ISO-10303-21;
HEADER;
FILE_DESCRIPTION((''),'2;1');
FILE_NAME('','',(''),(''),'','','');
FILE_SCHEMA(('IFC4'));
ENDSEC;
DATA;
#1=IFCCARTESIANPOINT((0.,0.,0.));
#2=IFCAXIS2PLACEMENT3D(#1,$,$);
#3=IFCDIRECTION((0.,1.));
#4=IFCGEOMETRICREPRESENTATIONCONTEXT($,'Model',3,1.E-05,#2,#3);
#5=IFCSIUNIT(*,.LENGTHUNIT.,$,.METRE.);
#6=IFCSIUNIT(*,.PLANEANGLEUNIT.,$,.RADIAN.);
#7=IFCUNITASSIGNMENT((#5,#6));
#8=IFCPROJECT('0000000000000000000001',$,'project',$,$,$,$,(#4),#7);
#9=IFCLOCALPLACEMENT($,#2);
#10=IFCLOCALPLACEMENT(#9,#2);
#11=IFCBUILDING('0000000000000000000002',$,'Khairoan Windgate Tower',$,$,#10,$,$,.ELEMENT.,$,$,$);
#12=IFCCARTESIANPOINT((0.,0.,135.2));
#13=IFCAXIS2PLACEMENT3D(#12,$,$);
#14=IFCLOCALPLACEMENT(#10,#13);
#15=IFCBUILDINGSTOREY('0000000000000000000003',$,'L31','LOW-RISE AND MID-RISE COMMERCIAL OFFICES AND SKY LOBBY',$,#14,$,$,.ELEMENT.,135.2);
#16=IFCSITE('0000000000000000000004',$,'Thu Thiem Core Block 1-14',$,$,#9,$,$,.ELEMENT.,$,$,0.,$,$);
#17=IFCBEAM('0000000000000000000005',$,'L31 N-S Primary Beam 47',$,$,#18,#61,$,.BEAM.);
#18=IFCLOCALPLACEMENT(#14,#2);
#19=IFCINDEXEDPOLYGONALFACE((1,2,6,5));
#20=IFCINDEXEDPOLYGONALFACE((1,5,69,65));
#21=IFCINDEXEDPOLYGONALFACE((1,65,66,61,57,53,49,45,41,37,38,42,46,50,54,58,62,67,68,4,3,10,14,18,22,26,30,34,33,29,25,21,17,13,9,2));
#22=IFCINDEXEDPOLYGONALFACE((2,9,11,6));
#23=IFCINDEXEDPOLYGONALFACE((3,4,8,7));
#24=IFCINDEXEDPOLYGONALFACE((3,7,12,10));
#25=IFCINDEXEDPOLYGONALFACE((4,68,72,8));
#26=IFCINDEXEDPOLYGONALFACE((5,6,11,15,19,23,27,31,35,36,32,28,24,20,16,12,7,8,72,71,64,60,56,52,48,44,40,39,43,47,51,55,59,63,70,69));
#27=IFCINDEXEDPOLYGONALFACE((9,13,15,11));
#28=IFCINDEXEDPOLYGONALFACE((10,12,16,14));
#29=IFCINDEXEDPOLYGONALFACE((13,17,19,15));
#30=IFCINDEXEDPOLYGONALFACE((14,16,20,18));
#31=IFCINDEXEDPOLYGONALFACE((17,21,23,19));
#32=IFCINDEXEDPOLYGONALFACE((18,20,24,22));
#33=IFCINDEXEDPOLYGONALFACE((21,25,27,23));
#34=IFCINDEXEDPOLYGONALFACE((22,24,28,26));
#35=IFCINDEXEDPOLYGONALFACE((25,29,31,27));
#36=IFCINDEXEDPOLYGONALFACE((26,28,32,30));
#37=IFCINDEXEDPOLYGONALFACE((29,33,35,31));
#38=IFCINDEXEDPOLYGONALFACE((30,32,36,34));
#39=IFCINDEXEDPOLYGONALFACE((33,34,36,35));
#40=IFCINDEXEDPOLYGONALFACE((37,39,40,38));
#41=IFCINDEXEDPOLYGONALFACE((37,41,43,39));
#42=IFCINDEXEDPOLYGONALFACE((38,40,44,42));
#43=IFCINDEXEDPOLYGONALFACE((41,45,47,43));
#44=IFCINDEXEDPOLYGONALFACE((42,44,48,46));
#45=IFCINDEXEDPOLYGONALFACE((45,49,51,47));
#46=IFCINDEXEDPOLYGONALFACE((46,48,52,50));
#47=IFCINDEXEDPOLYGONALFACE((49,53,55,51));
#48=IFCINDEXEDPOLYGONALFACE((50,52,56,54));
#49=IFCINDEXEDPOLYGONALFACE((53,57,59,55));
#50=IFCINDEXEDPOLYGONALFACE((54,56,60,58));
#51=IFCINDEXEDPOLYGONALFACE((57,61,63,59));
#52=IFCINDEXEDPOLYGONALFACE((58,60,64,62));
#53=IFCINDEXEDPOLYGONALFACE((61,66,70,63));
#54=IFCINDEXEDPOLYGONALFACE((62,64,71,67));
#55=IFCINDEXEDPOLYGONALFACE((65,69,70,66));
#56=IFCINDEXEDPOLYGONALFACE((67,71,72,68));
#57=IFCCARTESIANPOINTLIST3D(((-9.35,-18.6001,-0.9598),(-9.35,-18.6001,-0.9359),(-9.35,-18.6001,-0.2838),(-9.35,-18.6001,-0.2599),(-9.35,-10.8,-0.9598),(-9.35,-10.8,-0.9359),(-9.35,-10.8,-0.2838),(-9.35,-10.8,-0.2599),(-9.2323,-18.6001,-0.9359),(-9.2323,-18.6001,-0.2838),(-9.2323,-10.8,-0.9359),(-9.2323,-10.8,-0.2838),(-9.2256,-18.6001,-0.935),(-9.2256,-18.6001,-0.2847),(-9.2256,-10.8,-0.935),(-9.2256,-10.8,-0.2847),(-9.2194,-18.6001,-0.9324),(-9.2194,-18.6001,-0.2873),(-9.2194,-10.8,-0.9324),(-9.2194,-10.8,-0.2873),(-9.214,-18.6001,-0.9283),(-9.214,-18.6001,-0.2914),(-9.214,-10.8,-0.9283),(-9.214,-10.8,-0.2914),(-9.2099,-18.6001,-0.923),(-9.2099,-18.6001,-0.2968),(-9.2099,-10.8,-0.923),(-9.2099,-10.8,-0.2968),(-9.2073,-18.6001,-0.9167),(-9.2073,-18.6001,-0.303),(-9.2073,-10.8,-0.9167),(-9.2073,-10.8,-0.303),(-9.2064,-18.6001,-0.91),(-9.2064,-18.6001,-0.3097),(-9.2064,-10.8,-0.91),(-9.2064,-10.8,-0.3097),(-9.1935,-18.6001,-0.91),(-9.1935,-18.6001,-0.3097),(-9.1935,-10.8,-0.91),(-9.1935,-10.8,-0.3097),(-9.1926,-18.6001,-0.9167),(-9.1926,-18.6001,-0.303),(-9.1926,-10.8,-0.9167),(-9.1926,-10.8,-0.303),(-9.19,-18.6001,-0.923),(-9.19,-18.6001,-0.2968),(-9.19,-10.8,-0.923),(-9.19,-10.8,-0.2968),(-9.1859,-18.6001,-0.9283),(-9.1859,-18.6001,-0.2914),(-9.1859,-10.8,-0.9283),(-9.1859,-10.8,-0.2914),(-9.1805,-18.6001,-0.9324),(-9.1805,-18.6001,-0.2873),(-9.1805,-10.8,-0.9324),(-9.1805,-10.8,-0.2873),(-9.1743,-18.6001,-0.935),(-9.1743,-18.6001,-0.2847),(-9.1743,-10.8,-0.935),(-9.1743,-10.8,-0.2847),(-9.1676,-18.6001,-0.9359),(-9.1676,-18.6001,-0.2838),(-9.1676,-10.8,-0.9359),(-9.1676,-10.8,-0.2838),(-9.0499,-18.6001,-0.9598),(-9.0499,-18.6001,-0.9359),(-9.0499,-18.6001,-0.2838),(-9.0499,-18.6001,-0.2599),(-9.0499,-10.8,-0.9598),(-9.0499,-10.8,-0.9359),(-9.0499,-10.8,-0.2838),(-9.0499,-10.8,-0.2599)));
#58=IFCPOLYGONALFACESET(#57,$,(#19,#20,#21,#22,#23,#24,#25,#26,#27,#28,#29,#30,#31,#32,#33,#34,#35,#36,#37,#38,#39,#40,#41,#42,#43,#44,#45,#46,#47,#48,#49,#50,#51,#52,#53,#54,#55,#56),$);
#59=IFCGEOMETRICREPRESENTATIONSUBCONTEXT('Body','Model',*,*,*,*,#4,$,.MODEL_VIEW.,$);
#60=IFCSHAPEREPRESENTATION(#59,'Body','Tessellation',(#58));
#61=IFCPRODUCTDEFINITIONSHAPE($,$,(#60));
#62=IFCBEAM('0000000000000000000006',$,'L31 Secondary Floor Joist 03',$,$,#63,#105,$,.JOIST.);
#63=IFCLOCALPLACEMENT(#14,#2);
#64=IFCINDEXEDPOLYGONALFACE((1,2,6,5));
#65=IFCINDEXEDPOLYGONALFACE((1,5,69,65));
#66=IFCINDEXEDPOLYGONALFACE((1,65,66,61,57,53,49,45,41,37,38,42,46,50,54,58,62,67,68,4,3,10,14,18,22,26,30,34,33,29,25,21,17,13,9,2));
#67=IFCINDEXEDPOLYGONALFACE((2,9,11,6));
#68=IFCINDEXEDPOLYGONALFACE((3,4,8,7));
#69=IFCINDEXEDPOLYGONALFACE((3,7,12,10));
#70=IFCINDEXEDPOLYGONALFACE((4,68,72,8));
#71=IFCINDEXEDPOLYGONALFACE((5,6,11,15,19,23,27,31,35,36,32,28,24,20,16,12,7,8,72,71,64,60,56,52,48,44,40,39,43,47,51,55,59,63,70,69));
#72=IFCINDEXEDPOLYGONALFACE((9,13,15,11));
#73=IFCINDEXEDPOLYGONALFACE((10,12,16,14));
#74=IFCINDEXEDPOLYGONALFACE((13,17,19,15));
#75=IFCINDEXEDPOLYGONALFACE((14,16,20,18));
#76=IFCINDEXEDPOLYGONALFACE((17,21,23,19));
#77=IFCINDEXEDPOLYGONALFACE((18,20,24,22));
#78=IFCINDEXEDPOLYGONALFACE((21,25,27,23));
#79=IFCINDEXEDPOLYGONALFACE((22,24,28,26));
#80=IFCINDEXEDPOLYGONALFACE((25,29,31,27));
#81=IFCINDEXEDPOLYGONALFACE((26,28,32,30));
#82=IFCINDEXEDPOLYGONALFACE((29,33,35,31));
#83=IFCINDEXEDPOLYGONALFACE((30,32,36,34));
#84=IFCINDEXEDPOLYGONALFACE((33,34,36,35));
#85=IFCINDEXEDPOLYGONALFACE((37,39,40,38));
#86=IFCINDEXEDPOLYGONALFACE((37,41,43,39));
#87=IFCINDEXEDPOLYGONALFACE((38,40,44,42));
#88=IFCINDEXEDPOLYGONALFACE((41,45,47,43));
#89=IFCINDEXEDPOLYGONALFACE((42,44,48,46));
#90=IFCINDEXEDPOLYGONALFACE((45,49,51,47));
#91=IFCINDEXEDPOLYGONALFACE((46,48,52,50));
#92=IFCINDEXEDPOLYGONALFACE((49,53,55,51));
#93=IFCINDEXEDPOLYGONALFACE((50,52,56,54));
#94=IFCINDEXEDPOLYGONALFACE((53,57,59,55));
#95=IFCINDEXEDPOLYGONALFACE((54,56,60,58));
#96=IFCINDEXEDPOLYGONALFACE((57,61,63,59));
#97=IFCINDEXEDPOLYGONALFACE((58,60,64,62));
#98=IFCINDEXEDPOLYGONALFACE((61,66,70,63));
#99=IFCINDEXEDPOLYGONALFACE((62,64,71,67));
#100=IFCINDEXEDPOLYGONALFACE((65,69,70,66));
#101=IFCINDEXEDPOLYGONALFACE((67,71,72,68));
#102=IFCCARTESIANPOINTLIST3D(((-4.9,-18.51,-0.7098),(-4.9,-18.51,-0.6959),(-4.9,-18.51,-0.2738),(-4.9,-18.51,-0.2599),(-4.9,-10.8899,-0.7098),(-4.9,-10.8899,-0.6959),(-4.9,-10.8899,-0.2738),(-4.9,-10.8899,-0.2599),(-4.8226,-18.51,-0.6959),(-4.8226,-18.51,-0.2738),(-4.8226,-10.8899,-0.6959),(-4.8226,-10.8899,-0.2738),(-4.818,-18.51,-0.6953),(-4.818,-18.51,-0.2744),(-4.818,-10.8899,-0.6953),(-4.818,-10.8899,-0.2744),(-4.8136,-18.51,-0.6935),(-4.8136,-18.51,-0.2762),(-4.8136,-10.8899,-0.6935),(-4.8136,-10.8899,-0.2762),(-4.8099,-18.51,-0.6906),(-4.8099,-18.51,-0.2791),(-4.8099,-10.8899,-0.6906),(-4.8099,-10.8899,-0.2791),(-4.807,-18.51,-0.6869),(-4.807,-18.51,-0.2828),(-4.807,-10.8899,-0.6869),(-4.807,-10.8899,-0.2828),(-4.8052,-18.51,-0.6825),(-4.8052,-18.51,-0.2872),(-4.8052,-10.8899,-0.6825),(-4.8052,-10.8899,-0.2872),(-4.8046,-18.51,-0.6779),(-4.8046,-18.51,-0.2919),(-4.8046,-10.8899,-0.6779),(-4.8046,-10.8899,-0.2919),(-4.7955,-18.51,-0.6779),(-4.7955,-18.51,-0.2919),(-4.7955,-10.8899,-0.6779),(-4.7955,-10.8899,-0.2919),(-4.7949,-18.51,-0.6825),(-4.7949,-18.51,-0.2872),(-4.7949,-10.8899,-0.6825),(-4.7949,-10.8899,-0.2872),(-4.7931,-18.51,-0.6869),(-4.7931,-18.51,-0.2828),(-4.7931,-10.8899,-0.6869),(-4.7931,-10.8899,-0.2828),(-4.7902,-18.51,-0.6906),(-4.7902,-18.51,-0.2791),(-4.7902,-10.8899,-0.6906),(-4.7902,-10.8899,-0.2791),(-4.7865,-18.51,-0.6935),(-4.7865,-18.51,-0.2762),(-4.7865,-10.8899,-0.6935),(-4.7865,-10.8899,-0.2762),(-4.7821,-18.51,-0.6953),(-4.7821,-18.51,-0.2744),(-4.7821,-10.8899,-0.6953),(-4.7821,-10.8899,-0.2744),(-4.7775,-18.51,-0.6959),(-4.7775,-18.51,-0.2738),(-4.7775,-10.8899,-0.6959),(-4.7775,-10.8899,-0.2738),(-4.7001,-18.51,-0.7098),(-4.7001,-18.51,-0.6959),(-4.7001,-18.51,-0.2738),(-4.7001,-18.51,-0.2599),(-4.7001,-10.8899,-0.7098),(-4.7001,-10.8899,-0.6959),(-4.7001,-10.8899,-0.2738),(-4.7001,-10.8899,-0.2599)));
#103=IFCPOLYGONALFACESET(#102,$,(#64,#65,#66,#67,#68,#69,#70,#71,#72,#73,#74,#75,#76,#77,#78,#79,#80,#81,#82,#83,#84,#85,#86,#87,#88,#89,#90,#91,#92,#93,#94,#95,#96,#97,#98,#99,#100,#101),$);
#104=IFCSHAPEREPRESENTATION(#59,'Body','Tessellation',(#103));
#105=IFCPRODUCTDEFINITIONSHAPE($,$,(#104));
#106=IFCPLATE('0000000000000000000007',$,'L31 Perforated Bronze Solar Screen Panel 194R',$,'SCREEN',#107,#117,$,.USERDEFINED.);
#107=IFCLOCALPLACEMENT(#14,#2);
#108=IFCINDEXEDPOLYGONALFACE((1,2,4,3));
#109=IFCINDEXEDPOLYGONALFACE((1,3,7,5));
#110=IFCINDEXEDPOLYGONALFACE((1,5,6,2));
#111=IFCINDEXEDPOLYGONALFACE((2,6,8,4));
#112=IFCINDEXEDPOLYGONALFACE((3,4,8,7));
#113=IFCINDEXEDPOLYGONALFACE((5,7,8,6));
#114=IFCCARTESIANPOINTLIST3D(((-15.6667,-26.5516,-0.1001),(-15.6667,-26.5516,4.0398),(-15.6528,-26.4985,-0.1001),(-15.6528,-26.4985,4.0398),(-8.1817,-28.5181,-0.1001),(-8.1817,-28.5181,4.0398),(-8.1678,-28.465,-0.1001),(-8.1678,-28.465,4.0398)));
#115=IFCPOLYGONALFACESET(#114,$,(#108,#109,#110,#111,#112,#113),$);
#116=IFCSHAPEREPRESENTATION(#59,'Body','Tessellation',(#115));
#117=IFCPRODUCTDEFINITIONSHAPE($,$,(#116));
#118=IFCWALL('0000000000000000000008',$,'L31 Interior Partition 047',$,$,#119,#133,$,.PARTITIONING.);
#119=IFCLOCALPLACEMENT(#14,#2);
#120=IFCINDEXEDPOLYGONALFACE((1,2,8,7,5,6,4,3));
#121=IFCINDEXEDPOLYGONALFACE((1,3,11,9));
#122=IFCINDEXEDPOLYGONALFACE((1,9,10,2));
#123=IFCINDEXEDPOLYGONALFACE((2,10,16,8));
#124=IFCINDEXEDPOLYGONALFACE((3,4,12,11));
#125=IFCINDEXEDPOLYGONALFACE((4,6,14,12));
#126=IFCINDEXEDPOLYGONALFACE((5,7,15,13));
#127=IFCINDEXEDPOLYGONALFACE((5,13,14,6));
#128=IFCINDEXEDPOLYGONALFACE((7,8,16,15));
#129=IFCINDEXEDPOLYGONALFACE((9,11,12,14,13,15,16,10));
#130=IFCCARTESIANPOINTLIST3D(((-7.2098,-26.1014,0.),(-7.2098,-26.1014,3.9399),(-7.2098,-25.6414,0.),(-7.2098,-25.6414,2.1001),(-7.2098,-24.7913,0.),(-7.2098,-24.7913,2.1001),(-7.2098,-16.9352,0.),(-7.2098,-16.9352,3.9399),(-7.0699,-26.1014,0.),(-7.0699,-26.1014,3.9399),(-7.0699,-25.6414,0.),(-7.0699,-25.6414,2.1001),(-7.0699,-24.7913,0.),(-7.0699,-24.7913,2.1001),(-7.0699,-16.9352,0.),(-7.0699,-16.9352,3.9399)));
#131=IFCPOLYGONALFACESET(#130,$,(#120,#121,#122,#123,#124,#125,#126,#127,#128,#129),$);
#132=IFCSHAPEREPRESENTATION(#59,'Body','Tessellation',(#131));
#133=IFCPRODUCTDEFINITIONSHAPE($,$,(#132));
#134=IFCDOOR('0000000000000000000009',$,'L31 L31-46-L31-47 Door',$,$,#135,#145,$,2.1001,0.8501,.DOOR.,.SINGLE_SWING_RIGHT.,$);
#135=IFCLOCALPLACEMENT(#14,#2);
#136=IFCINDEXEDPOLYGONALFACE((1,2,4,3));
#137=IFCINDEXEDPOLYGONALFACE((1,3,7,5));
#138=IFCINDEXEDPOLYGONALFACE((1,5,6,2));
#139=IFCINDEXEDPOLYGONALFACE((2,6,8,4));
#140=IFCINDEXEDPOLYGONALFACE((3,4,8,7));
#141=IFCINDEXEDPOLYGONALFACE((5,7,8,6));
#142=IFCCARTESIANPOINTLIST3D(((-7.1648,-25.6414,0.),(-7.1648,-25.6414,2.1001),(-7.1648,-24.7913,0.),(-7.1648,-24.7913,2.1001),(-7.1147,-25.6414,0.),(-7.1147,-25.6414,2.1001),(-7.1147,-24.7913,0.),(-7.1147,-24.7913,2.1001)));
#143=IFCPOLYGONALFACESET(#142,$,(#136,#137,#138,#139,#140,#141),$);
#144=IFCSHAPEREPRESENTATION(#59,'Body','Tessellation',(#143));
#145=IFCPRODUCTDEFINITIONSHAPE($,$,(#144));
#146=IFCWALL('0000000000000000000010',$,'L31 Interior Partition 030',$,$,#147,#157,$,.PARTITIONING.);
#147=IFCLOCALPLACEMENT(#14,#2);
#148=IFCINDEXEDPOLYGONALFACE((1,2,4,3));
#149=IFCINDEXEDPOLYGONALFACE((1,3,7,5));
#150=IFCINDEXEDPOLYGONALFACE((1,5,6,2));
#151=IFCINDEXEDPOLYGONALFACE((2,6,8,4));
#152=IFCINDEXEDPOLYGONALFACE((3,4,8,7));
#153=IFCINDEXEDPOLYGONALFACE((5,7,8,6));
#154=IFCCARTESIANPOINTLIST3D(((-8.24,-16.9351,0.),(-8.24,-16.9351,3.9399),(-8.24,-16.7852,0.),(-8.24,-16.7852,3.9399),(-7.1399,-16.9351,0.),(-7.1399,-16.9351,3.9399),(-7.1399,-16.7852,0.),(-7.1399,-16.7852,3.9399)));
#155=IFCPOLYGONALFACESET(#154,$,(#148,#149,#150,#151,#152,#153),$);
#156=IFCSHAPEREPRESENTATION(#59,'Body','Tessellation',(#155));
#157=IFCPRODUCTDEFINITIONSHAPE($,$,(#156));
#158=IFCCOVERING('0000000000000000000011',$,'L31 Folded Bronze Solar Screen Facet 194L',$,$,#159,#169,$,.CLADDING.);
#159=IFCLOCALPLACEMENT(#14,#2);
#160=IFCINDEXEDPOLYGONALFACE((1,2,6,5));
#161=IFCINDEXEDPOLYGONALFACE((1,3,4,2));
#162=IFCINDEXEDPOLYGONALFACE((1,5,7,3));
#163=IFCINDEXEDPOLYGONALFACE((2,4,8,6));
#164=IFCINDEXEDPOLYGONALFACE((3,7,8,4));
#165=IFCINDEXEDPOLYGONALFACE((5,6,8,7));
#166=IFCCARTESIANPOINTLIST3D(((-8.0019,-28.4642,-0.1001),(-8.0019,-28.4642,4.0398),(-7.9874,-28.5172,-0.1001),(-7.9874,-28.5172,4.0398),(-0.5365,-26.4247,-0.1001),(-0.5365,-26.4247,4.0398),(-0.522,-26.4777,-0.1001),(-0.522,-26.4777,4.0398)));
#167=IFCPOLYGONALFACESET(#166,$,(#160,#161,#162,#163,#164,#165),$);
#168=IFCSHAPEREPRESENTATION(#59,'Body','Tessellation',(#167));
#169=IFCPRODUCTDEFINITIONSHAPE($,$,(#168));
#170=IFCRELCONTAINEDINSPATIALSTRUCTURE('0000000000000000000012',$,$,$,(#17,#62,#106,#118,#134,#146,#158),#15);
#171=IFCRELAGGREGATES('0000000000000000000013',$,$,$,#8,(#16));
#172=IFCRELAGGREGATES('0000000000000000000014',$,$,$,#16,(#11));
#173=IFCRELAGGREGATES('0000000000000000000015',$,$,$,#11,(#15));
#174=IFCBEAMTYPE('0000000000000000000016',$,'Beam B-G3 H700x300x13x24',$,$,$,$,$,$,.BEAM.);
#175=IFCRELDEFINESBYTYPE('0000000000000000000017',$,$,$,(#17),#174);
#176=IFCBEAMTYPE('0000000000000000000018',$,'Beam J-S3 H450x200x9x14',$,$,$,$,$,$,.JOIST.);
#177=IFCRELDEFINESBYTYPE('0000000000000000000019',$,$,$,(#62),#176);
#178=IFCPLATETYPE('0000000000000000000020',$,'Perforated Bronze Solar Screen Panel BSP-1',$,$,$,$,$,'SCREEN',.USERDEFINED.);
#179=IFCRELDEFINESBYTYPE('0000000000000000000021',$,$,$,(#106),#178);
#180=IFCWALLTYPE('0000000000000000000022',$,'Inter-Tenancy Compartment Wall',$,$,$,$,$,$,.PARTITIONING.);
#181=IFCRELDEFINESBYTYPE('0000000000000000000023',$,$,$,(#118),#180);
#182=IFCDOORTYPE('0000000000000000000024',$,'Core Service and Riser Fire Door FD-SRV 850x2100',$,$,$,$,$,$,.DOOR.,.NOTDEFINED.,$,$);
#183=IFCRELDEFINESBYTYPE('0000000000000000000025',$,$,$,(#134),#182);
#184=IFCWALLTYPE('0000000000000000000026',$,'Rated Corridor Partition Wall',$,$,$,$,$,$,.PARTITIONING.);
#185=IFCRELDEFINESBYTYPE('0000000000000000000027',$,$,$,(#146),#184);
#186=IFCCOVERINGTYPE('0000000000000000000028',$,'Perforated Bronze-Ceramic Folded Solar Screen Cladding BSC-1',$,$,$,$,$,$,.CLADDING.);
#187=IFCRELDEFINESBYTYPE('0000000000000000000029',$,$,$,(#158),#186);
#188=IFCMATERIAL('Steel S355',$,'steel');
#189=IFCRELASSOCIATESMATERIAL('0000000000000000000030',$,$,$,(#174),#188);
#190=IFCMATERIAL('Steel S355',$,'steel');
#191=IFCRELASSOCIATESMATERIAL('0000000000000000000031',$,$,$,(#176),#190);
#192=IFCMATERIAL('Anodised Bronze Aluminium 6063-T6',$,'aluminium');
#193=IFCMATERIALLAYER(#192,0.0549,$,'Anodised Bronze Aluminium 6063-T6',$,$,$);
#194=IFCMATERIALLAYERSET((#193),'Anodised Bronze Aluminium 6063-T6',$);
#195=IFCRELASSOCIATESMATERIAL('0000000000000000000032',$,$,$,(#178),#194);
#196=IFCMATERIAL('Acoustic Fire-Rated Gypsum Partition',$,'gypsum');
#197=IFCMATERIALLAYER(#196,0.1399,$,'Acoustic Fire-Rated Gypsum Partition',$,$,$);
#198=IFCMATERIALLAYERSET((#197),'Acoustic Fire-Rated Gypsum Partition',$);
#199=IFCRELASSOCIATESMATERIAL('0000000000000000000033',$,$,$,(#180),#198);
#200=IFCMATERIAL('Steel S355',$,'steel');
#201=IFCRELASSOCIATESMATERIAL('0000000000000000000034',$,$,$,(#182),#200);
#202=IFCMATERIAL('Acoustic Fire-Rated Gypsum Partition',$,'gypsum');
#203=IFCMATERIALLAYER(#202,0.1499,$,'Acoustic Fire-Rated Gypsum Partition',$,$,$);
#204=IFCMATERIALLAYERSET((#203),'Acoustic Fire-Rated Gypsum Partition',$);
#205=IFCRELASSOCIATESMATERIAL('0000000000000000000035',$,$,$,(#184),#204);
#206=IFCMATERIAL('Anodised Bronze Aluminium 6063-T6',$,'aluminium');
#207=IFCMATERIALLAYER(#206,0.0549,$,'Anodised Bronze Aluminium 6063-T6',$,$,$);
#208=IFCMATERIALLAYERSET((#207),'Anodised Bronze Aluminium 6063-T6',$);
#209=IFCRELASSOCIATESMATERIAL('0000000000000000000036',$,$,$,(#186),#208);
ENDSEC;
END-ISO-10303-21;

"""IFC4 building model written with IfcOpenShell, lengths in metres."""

from ifc_helpers import new_model, si_unit, direction, frame, frame_2d, origin, origin_2d, place, context, subcontext, project, spatial, rectangle, i_section, extrude, material, layer, layer_set, material_profile, profile_set, type_object, element, fill, save


model = new_model("IFC4")

# Units and contexts
model_context = context("Model", 3, precision=1e-05, world=origin(), true_north=direction((0.0, 1.0)))
body_context = subcontext(model_context, "Body", "Model", "MODEL_VIEW")
ifc_project = project(units=[si_unit("LENGTHUNIT", "METRE"), si_unit("PLANEANGLEUNIT", "RADIAN")], contexts=[model_context])

# Site, building, storey
site_placement = place(None, origin())
site = spatial("IfcSite", under=ifc_project, at=site_placement, Name="Thu Thiem Core Block 1-14", CompositionType="ELEMENT", RefElevation=0.0)
building_placement = place(site_placement, origin())
building = spatial("IfcBuilding", under=site, at=building_placement, Name="Khairoan Windgate Tower", CompositionType="ELEMENT")
storey_placement = place(building_placement, frame((0.0, 0.0, 135.2)))
storey = spatial("IfcBuildingStorey", under=building, at=storey_placement, Name="L31", Description="LOW-RISE AND MID-RISE COMMERCIAL OFFICES AND SKY LOBBY", CompositionType="ELEMENT", Elevation=135.2)

# Beams
ifc_material_1 = material(Name="Steel S355", Category="steel")
ifc_material_profile_1 = material_profile(ifc_material_1, i_section(OverallWidth=0.3, OverallDepth=0.7, WebThickness=0.0129, FlangeThickness=0.0239, FilletRadius=0.0259, at=origin_2d()))
ifc_profile_set_1 = profile_set([ifc_material_profile_1], Name="Steel S355")
beam_type_1 = type_object("IfcBeamType", Name="Beam B-G3 H700x300x13x24", PredefinedType="BEAM", material=ifc_profile_set_1)
beam_1_placement = place(storey_placement, frame((-9.2, -18.6001, -0.6099), z_axis=(0.0, 1.0, 0.0), x_axis=(-1.0, 0.0, 0.0)))
element("IfcBeam", 1, at=beam_1_placement, inside=storey, type_object=beam_type_1, Name="L31 N-S Primary Beam 47", PredefinedType="BEAM", context=body_context, shape_type="SweptSolid", body=[
    extrude(i_section(OverallWidth=0.3, OverallDepth=0.7, WebThickness=0.0129, FlangeThickness=0.0239, FilletRadius=0.0259, at=origin_2d()), origin(), (0.0, 0.0, 1.0), 7.8),
])
ifc_material_2 = material(Name="Steel S355", Category="steel")
ifc_material_profile_2 = material_profile(ifc_material_2, i_section(OverallWidth=0.2, OverallDepth=0.45, WebThickness=0.009, FlangeThickness=0.0139, FilletRadius=0.0181, at=origin_2d()))
ifc_profile_set_2 = profile_set([ifc_material_profile_2], Name="Steel S355")
beam_type_2 = type_object("IfcBeamType", Name="Beam J-S3 H450x200x9x14", PredefinedType="JOIST", material=ifc_profile_set_2)
beam_2_placement = place(storey_placement, frame((-4.8, -18.51, -0.4849), z_axis=(0.0, 1.0, 0.0), x_axis=(-1.0, 0.0, 0.0)))
element("IfcBeam", 2, at=beam_2_placement, inside=storey, type_object=beam_type_2, Name="L31 Secondary Floor Joist 03", PredefinedType="JOIST", context=body_context, shape_type="SweptSolid", body=[
    extrude(i_section(OverallWidth=0.2, OverallDepth=0.45, WebThickness=0.009, FlangeThickness=0.0139, FilletRadius=0.0181, at=origin_2d()), origin(), (0.0, 0.0, 1.0), 7.6201),
])

# Plate
ifc_material_3 = material(Name="Anodised Bronze Aluminium 6063-T6", Category="aluminium")
ifc_layer_1 = layer(ifc_material_3, 0.0549, Name="Anodised Bronze Aluminium 6063-T6")
ifc_layer_set_1 = layer_set([ifc_layer_1], Name="Anodised Bronze Aluminium 6063-T6")
plate_type = type_object("IfcPlateType", Name="Perforated Bronze Solar Screen Panel BSP-1", ElementType="SCREEN", PredefinedType="USERDEFINED", material=ifc_layer_set_1)
plate_placement = place(storey_placement, frame((-11.9172, -27.5083, -0.1001), z_axis=(0.0, 0.0, 1.0), x_axis=(-0.967179, 0.254096, 0.0)))
element("IfcPlate", 3, at=plate_placement, inside=storey, type_object=plate_type, Name="L31 Perforated Bronze Solar Screen Panel 194R", ObjectType="SCREEN", PredefinedType="USERDEFINED", context=body_context, shape_type="SweptSolid", body=[
    extrude(rectangle(XDim=7.739, YDim=0.0549, at=origin_2d()), origin(), (0.0, 0.0, 1.0), 4.1399),
])

# Wall, opening, door
ifc_material_4 = material(Name="Acoustic Fire-Rated Gypsum Partition", Category="gypsum")
ifc_layer_2 = layer(ifc_material_4, 0.1399, Name="Acoustic Fire-Rated Gypsum Partition")
ifc_layer_set_2 = layer_set([ifc_layer_2], Name="Acoustic Fire-Rated Gypsum Partition")
wall_type_1 = type_object("IfcWallType", Name="Inter-Tenancy Compartment Wall", PredefinedType="PARTITIONING", material=ifc_layer_set_2)
wall_1_placement = place(storey_placement, frame((-7.1399, -26.1013, 0.0), z_axis=(0.0, 0.0, 1.0), x_axis=(0.0, 1.0, 0.0)))
wall_1 = element("IfcWall", 4, at=wall_1_placement, inside=storey, type_object=wall_type_1, Name="L31 Interior Partition 047", PredefinedType="PARTITIONING", context=body_context, shape_type="SweptSolid", body=[
    extrude(rectangle(XDim=9.1663, YDim=0.1399, at=frame_2d((4.583, 0.0))), origin(), (0.0, 0.0, 1.0), 3.9399),
])
opening_placement = place(wall_1_placement, frame((0.46, 0.0, 0.0)))
opening = element("IfcOpeningElement", 5, at=opening_placement, cuts=wall_1, PredefinedType="OPENING", context=body_context, shape_type="SweptSolid", body=[
    extrude(rectangle(XDim=0.8501, YDim=2.1001, at=frame_2d((0.425, 1.05))), frame((0.0, 0.0798, 0.0), z_axis=(0.0, -1.0, 0.0), x_axis=(1.0, 0.0, 0.0)), (0.0, 0.0, 1.0), 0.1599),
])
ifc_material_5 = material(Name="Steel S355", Category="steel")
door_type = type_object("IfcDoorType", Name="Core Service and Riser Fire Door FD-SRV 850x2100", OperationType="NOTDEFINED", PredefinedType="DOOR", material=ifc_material_5)
door_placement = place(opening_placement, origin())
door = element("IfcDoor", 6, at=door_placement, inside=storey, type_object=door_type, Name="L31 L31-46-L31-47 Door", OperationType="SINGLE_SWING_RIGHT", OverallHeight=2.1001, OverallWidth=0.8501, PredefinedType="DOOR", context=body_context, shape_type="SweptSolid", body=[
    extrude(rectangle(XDim=0.8501, YDim=2.1001, at=frame_2d((0.425, 1.05))), frame((0.0, 0.0249, 0.0), z_axis=(0.0, -1.0, 0.0), x_axis=(1.0, 0.0, 0.0)), (0.0, 0.0, 1.0), 0.05),
])
fill(opening, door)

# Wall
ifc_material_6 = material(Name="Acoustic Fire-Rated Gypsum Partition", Category="gypsum")
ifc_layer_3 = layer(ifc_material_6, 0.1499, Name="Acoustic Fire-Rated Gypsum Partition")
ifc_layer_set_3 = layer_set([ifc_layer_3], Name="Acoustic Fire-Rated Gypsum Partition")
wall_type_2 = type_object("IfcWallType", Name="Rated Corridor Partition Wall", PredefinedType="PARTITIONING", material=ifc_layer_set_3)
wall_2_placement = place(storey_placement, frame((-8.24, -16.8601, 0.0), z_axis=(0.0, 0.0, 1.0), x_axis=(1.0, 0.0, 0.0)))
element("IfcWall", 7, at=wall_2_placement, inside=storey, type_object=wall_type_2, Name="L31 Interior Partition 030", PredefinedType="PARTITIONING", context=body_context, shape_type="SweptSolid", body=[
    extrude(rectangle(XDim=1.1001, YDim=0.1499, at=frame_2d((0.55, 0.0))), origin(), (0.0, 0.0, 1.0), 3.9399),
])

# Covering
ifc_material_7 = material(Name="Anodised Bronze Aluminium 6063-T6", Category="aluminium")
ifc_layer_4 = layer(ifc_material_7, 0.0549, Name="Anodised Bronze Aluminium 6063-T6")
ifc_layer_set_4 = layer_set([ifc_layer_4], Name="Anodised Bronze Aluminium 6063-T6")
covering_type = type_object("IfcCoveringType", Name="Perforated Bronze-Ceramic Folded Solar Screen Cladding BSC-1", PredefinedType="CLADDING", material=ifc_layer_set_4)
covering_placement = place(storey_placement, frame((-4.262, -27.4709, -0.1001), z_axis=(0.0, 0.0, 1.0), x_axis=(-0.964649, -0.263536, 0.0)))
element("IfcCovering", 8, at=covering_placement, inside=storey, type_object=covering_type, Name="L31 Folded Bronze Solar Screen Facet 194L", PredefinedType="CLADDING", context=body_context, shape_type="SweptSolid", body=[
    extrude(rectangle(XDim=7.739, YDim=0.0549, at=origin_2d()), origin(), (0.0, 0.0, 1.0), 4.1399),
])

save(model, "model.ifc")
